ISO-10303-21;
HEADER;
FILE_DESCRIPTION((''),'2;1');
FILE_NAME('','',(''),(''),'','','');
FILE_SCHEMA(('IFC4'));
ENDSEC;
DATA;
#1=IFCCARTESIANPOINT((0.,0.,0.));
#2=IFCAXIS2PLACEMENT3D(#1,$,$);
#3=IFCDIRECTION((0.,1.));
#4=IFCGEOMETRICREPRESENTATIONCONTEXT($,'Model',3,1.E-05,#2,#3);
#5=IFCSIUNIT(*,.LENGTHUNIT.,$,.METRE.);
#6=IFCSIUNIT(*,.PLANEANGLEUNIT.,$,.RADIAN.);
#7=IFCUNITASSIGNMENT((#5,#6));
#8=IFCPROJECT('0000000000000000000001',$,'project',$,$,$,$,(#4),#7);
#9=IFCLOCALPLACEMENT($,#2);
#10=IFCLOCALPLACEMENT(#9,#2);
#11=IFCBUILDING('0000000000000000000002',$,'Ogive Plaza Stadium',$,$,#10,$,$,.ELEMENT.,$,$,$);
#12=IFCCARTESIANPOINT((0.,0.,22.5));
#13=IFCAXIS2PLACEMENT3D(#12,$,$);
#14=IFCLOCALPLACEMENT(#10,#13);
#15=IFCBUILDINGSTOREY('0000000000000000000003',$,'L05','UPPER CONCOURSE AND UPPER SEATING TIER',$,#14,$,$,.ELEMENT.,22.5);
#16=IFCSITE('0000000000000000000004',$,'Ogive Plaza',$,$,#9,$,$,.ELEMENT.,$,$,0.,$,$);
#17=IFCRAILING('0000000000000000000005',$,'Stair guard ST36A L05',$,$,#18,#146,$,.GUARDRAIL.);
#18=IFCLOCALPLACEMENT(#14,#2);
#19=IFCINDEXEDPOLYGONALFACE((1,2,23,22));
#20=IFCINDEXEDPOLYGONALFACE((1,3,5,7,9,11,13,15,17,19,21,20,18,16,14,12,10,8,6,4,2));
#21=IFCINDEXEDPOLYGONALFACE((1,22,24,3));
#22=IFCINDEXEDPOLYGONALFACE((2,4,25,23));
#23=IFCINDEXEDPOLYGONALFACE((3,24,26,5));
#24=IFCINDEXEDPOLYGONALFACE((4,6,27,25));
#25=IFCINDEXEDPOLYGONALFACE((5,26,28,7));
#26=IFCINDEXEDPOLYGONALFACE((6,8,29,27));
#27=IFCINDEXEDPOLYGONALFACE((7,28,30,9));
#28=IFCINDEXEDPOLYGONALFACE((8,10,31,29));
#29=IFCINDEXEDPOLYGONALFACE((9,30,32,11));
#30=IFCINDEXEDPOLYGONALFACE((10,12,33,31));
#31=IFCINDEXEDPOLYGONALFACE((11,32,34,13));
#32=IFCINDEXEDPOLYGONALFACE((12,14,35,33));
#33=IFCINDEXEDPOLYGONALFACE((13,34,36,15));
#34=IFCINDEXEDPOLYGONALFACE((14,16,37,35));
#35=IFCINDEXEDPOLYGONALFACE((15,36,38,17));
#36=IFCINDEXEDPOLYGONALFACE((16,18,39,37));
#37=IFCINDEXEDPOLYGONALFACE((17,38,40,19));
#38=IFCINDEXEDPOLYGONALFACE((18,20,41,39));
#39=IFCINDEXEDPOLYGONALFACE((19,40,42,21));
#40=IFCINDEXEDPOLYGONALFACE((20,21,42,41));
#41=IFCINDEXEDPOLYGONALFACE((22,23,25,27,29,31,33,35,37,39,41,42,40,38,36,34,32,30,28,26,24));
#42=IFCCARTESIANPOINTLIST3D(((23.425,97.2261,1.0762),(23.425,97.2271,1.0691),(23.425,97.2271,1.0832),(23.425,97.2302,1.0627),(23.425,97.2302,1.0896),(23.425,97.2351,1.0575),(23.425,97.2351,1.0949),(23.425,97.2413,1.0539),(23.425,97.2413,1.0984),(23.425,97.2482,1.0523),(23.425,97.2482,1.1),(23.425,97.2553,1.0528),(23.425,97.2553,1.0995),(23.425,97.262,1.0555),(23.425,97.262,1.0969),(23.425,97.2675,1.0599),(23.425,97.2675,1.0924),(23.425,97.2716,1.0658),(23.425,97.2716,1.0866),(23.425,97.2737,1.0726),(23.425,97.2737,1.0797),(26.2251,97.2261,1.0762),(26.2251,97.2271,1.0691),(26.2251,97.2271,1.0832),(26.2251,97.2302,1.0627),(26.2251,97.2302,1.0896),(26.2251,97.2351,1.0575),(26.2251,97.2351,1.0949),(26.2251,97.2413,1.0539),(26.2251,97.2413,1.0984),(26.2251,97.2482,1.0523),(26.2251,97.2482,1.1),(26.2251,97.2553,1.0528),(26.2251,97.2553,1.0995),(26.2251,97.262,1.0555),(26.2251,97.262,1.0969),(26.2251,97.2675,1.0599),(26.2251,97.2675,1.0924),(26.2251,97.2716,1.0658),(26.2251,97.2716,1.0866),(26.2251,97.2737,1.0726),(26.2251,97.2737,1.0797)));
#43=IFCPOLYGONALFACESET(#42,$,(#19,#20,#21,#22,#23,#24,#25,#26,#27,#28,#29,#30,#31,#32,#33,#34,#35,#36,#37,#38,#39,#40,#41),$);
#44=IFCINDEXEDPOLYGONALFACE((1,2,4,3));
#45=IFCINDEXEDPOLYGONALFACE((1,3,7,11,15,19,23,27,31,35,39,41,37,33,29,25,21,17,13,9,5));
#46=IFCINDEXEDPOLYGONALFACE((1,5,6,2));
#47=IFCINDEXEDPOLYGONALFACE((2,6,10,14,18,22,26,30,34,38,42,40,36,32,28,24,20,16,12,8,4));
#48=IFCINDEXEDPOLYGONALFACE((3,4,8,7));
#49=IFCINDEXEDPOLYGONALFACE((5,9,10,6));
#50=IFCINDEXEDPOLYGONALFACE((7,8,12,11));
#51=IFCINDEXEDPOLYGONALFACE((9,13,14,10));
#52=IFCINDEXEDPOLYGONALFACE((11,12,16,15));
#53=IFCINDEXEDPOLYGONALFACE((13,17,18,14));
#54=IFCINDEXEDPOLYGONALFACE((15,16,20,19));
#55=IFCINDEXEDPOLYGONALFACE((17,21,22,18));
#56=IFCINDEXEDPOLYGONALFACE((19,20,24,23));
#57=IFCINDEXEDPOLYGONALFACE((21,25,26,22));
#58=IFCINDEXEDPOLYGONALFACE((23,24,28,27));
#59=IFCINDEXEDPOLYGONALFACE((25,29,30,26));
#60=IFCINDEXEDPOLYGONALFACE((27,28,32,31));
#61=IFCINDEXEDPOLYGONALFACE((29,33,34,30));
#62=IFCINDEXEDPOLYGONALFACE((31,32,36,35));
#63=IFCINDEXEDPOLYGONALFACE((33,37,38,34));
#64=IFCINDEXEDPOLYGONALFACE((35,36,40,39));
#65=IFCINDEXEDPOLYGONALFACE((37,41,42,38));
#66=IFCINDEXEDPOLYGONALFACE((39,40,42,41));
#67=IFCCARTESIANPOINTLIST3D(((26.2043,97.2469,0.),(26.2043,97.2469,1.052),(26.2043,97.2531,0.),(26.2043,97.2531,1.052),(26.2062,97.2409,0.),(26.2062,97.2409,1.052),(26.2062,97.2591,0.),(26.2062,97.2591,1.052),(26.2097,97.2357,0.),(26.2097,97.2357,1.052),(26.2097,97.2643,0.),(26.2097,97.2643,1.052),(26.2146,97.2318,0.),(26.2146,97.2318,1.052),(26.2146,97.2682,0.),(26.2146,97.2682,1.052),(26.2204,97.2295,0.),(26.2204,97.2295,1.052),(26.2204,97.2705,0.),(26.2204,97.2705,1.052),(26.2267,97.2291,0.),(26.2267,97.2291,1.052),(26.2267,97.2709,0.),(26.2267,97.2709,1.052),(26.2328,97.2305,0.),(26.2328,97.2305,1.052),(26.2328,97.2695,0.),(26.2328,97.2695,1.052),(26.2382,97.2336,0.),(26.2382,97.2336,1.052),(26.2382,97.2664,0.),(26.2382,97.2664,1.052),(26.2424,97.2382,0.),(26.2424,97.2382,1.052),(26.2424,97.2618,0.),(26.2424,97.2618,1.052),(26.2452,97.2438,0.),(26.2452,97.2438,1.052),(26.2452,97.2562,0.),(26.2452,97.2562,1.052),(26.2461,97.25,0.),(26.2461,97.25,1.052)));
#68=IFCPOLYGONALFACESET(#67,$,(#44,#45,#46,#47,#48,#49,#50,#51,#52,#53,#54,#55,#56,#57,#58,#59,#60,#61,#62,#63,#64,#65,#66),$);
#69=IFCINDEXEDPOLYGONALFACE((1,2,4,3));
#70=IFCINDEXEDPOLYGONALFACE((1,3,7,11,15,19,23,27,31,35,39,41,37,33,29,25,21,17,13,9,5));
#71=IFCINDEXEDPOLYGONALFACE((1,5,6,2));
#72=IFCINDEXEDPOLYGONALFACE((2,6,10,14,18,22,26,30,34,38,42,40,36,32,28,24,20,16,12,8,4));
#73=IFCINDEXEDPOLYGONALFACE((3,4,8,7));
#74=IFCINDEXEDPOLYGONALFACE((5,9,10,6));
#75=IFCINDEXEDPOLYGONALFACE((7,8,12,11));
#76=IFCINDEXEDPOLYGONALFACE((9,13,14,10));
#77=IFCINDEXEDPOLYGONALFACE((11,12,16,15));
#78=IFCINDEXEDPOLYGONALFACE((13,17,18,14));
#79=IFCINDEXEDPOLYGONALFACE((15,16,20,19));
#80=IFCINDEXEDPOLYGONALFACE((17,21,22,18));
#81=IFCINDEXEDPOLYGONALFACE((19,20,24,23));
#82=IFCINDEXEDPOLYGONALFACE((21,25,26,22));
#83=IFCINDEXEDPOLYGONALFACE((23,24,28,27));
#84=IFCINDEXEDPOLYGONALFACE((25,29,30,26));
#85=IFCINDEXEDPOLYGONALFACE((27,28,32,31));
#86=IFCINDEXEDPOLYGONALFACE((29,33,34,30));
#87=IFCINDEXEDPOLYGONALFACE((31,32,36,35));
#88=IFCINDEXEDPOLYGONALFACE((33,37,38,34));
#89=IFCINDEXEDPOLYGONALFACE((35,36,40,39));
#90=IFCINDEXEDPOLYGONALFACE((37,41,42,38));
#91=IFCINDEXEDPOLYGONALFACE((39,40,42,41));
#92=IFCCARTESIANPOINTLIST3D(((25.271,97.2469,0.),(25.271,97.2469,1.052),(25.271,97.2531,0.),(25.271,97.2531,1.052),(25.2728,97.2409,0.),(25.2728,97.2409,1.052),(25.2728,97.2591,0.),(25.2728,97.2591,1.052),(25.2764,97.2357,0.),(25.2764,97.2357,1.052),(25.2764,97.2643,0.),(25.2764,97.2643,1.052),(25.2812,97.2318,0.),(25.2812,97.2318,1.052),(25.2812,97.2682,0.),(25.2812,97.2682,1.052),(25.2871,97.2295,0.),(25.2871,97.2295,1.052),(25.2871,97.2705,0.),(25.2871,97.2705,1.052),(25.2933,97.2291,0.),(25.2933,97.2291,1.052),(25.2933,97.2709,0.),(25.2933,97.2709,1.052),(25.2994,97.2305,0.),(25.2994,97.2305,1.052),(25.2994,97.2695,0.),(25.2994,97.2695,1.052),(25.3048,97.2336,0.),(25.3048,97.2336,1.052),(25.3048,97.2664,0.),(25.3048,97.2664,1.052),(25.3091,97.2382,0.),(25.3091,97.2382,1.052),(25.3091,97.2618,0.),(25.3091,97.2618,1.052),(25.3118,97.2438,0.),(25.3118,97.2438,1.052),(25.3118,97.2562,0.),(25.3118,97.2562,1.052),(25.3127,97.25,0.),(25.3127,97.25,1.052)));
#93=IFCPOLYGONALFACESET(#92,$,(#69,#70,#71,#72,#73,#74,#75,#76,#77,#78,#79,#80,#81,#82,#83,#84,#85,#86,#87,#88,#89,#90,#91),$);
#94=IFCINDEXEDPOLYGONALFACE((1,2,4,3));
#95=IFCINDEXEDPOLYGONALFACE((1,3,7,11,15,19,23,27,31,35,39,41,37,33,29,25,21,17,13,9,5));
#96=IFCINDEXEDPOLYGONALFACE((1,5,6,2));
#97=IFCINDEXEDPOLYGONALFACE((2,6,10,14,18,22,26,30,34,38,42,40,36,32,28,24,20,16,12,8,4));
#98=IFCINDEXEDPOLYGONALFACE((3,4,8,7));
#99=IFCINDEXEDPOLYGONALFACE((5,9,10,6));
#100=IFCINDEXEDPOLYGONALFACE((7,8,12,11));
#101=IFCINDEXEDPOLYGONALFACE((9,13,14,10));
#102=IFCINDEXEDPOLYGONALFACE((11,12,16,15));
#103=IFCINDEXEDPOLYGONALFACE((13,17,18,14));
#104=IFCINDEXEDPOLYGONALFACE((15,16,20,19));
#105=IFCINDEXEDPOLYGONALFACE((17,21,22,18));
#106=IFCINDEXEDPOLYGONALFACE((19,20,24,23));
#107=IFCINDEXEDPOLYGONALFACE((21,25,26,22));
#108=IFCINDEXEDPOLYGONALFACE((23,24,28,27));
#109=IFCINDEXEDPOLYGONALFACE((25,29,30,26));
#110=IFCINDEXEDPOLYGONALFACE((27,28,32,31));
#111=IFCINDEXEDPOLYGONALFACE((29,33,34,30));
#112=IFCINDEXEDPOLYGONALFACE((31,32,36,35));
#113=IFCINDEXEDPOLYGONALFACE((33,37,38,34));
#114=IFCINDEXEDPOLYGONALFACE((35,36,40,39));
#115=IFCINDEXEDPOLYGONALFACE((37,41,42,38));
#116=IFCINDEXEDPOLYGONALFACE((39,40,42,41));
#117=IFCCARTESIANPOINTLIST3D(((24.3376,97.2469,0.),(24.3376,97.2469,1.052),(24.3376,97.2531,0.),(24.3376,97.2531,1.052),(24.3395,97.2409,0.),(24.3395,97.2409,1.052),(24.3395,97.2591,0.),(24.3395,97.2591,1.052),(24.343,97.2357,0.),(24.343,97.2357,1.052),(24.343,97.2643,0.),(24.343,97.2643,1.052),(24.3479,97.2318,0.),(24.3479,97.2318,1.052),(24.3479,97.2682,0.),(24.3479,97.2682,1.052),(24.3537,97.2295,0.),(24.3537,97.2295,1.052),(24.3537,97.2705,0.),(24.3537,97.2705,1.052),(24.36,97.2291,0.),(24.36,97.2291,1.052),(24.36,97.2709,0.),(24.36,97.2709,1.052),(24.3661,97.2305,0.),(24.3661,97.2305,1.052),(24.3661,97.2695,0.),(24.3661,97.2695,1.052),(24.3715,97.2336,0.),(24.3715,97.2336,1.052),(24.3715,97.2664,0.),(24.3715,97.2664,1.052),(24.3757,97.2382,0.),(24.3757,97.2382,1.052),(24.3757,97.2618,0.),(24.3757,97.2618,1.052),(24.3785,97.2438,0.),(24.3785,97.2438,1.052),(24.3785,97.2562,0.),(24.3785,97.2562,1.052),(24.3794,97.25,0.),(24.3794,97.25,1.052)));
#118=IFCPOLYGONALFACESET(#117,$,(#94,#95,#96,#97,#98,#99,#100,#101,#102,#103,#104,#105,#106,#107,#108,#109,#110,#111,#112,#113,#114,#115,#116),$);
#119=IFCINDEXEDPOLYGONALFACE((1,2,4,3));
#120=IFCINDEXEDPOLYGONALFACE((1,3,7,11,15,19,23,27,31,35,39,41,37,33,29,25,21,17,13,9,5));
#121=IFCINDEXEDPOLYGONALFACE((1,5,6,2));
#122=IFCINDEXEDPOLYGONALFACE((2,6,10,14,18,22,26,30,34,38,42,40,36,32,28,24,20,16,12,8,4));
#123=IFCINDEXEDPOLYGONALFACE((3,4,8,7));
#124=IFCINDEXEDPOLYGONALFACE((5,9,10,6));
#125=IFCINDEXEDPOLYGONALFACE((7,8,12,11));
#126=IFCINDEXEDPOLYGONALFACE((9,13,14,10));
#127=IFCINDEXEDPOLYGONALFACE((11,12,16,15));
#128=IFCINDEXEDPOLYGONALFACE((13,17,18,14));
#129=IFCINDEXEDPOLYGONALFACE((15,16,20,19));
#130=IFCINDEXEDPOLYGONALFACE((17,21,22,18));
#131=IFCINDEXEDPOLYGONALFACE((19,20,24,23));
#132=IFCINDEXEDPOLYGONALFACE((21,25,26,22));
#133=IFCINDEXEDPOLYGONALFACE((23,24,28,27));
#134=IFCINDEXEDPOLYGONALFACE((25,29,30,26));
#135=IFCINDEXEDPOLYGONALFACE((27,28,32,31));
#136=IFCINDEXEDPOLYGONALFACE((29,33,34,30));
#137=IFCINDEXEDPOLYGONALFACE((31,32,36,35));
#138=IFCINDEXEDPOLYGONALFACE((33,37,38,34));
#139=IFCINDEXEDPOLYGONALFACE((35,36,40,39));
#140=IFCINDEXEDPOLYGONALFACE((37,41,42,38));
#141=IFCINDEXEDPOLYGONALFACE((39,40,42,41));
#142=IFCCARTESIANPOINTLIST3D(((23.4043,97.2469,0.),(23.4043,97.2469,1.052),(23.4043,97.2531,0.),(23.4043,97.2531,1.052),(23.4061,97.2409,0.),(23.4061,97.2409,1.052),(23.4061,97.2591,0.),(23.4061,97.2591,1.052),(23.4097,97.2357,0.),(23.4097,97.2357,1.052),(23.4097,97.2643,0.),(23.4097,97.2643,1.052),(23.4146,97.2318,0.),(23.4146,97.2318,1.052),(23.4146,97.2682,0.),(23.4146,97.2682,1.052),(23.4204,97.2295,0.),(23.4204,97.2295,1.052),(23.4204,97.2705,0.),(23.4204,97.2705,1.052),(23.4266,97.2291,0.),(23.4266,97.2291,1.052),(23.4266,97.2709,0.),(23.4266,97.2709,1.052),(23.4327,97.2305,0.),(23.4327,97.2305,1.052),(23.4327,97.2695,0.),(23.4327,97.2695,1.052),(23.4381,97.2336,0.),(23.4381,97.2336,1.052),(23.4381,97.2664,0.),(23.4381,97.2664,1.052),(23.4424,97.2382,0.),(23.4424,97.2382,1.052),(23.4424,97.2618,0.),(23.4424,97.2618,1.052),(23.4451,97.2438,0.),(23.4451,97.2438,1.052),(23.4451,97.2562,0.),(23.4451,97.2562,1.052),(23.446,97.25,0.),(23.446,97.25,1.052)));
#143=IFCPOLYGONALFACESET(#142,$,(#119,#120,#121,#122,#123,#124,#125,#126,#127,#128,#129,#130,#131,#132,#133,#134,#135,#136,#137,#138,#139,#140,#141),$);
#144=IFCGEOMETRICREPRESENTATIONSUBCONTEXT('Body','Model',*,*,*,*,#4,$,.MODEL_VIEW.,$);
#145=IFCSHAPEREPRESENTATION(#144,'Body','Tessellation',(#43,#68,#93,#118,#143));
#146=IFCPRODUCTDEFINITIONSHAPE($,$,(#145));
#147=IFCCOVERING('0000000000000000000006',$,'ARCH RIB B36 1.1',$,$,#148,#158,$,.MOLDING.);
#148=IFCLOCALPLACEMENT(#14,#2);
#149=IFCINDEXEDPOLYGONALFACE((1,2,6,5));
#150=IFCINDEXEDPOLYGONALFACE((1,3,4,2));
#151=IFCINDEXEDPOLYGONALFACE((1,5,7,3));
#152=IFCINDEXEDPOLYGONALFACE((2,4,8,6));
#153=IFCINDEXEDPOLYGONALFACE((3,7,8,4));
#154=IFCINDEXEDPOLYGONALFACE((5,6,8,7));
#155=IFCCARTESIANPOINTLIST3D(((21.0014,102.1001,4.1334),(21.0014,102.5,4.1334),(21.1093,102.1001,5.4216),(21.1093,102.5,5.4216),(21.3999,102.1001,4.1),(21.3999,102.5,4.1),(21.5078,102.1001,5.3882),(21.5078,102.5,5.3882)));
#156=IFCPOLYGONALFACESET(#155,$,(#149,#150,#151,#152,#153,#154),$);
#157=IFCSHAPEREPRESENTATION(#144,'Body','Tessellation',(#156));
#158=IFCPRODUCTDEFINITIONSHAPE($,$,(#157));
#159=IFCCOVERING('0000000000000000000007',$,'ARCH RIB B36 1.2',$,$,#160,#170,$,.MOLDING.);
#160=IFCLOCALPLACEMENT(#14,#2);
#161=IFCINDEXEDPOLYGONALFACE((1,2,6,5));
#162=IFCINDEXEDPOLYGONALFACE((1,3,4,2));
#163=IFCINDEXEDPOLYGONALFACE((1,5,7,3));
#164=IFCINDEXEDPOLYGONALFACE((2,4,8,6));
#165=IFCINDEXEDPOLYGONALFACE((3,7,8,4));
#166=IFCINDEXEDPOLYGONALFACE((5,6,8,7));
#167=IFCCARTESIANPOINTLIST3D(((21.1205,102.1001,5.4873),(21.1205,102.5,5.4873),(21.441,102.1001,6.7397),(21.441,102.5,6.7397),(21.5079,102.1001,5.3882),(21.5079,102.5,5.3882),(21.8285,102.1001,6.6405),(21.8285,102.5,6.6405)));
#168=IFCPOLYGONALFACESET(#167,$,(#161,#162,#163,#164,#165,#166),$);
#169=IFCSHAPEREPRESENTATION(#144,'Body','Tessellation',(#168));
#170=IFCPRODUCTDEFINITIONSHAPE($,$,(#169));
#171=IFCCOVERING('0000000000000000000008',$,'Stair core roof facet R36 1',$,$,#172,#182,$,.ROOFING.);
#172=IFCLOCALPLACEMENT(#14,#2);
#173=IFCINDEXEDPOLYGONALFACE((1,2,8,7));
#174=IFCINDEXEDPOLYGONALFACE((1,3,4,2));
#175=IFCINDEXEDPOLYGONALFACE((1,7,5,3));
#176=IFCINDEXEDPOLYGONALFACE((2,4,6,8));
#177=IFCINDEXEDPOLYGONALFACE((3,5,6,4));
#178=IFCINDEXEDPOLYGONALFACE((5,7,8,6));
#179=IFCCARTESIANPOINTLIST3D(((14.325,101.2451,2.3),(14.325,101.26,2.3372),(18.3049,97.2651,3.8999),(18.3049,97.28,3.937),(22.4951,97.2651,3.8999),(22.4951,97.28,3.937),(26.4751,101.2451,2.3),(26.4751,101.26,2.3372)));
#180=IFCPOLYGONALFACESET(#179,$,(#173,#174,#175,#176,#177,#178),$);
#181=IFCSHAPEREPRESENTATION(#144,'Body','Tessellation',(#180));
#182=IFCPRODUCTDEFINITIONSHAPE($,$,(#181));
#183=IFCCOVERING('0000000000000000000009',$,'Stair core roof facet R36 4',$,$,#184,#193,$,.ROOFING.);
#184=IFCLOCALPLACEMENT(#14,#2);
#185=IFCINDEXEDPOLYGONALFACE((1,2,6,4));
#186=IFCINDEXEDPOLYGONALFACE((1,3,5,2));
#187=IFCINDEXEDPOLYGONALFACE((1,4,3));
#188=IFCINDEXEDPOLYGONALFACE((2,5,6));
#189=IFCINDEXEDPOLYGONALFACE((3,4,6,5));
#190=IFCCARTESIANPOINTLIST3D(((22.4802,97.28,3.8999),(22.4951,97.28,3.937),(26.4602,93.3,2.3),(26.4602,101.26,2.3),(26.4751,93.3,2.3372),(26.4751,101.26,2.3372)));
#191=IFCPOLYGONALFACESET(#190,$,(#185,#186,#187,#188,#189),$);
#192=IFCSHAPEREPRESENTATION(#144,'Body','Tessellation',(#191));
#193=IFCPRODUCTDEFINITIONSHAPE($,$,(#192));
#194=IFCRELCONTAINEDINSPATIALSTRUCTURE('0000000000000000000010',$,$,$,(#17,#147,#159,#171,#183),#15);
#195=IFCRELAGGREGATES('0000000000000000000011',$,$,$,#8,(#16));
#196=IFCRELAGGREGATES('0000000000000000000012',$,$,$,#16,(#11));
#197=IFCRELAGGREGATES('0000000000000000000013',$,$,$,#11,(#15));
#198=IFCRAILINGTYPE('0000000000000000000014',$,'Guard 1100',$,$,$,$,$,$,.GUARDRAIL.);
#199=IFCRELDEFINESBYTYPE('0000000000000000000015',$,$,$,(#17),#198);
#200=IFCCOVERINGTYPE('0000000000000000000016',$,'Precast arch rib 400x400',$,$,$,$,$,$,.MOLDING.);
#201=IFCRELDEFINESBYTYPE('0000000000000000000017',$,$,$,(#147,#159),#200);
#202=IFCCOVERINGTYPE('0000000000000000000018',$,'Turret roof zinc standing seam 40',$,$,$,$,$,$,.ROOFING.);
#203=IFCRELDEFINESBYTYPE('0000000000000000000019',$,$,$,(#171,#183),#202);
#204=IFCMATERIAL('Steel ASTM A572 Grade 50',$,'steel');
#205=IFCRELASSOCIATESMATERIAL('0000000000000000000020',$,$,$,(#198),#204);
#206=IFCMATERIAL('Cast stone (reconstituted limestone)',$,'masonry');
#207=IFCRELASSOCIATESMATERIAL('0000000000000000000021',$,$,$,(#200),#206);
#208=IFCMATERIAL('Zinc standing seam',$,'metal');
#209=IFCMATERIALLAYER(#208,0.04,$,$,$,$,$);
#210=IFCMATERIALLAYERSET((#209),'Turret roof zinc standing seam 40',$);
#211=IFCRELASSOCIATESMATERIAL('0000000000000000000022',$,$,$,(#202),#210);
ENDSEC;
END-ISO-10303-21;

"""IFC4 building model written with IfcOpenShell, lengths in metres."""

from ifc_helpers import new_model, si_unit, direction, frame, origin, origin_2d, place, context, subcontext, project, spatial, polyline, rectangle, circle, outline, extrude, material, layer, layer_set, material_profile, profile_set, type_object, element, save


model = new_model("IFC4")

# Units and contexts
model_context = context("Model", 3, precision=1e-05, world=origin(), true_north=direction((0.0, 1.0)))
body_context = subcontext(model_context, "Body", "Model", "MODEL_VIEW")
ifc_project = project(units=[si_unit("LENGTHUNIT", "METRE"), si_unit("PLANEANGLEUNIT", "RADIAN")], contexts=[model_context])

# Site, building, storey
site_placement = place(None, origin())
site = spatial("IfcSite", under=ifc_project, at=site_placement, Name="Ogive Plaza", CompositionType="ELEMENT", RefElevation=0.0)
building_placement = place(site_placement, origin())
building = spatial("IfcBuilding", under=site, at=building_placement, Name="Ogive Plaza Stadium", CompositionType="ELEMENT")
storey_placement = place(building_placement, frame((0.0, 0.0, 22.5)))
storey = spatial("IfcBuildingStorey", under=building, at=storey_placement, Name="L05", Description="UPPER CONCOURSE AND UPPER SEATING TIER", CompositionType="ELEMENT", Elevation=22.5)

# Railing
ifc_material_1 = material(Name="Steel ASTM A572 Grade 50", Category="steel")
railing_type = type_object("IfcRailingType", Name="Guard 1100", PredefinedType="GUARDRAIL", material=ifc_material_1)
railing_1_placement = place(storey_placement, frame((26.2251, 97.25, 0.0)))
element("IfcRailing", 1, at=railing_1_placement, inside=storey, type_object=railing_type, Name="Stair guard ST36A L05", PredefinedType="GUARDRAIL", context=body_context, shape_type="SweptSolid", body=[
    extrude(circle(Radius=0.0239, at=origin_2d()), frame((0.0, 0.0, 1.0762), z_axis=(-1.0, 0.0, 0.0), x_axis=(0.0, -1.0, 0.0)), (0.0, 0.0, 1.0), 2.8),
    extrude(circle(Radius=0.021, at=origin_2d()), origin(), (0.0, 0.0, 1.0), 1.052),
    extrude(circle(Radius=0.021, at=origin_2d()), frame((-0.9333, 0.0, 0.0)), (0.0, 0.0, 1.0), 1.052),
    extrude(circle(Radius=0.021, at=origin_2d()), frame((-1.8667, 0.0, 0.0)), (0.0, 0.0, 1.0), 1.052),
    extrude(circle(Radius=0.021, at=origin_2d()), frame((-2.8, 0.0, 0.0)), (0.0, 0.0, 1.0), 1.052),
])

# Coverings
ifc_material_2 = material(Name="Cast stone (reconstituted limestone)", Category="masonry")
ifc_material_profile_1 = material_profile(ifc_material_2, rectangle(XDim=0.3999, YDim=0.3999, at=origin_2d()), Name="Cast stone 400x400")
ifc_profile_set_1 = profile_set([ifc_material_profile_1], Name="Cast stone (reconstituted limestone)")
covering_type_1 = type_object("IfcCoveringType", Name="Precast arch rib 400x400", PredefinedType="MOLDING", material=ifc_profile_set_1)
for number, where, z_axis, x_axis, name in (
    (2, (21.2007, 102.3, 4.1167), (0.083467, 0.0, 0.996511), (0.0, 1.0, 0.0), "ARCH RIB B36 1.1"),
    (3, (21.3142, 102.3, 5.4377), (0.247953, 0.0, 0.968772), (0.0, 1.0, 0.0), "ARCH RIB B36 1.2"),
):
    element("IfcCovering", number, at=place(storey_placement, frame(where, z_axis=z_axis, x_axis=x_axis)), inside=storey, type_object=covering_type_1, Name=name, PredefinedType="MOLDING", context=body_context, shape_type="SweptSolid", body=[
        extrude(rectangle(XDim=0.3999, YDim=0.3999, at=origin_2d()), origin(), (0.0, 0.0, 1.0), 1.2927),
    ])
ifc_material_3 = material(Name="Zinc standing seam", Category="metal")
ifc_layer_1 = layer(ifc_material_3, 0.04)
ifc_layer_set_1 = layer_set([ifc_layer_1], Name="Turret roof zinc standing seam 40")
covering_type_2 = type_object("IfcCoveringType", Name="Turret roof zinc standing seam 40", PredefinedType="ROOFING", material=ifc_layer_set_1)
covering_1_placement = place(storey_placement, frame((26.4751, 101.26, 2.3372), z_axis=(0.0, 0.37297, 0.927843), x_axis=(-1.0, 0.0, 0.0)))
element("IfcCovering", 4, at=covering_1_placement, inside=storey, type_object=covering_type_2, Name="Stair core roof facet R36 1", PredefinedType="ROOFING", context=body_context, shape_type="SweptSolid", body=[
    extrude(outline(polyline([(0.0, 0.0), (12.1501, 0.0), (8.1702, 4.2895), (3.98, 4.2895), (0.0, 0.0)])), origin(), (0.0, 0.0, -1.0), 0.04),
])
covering_2_placement = place(storey_placement, frame((26.4751, 93.3, 2.3372), z_axis=(0.37297, 0.0, 0.927843), x_axis=(0.0, 1.0, 0.0)))
element("IfcCovering", 5, at=covering_2_placement, inside=storey, type_object=covering_type_2, Name="Stair core roof facet R36 4", PredefinedType="ROOFING", context=body_context, shape_type="SweptSolid", body=[
    extrude(outline(polyline([(0.0, 0.0), (7.96, 0.0), (3.98, 4.2895), (0.0, 0.0)])), origin(), (0.0, 0.0, -1.0), 0.04),
])

save(model, "model.ifc")
